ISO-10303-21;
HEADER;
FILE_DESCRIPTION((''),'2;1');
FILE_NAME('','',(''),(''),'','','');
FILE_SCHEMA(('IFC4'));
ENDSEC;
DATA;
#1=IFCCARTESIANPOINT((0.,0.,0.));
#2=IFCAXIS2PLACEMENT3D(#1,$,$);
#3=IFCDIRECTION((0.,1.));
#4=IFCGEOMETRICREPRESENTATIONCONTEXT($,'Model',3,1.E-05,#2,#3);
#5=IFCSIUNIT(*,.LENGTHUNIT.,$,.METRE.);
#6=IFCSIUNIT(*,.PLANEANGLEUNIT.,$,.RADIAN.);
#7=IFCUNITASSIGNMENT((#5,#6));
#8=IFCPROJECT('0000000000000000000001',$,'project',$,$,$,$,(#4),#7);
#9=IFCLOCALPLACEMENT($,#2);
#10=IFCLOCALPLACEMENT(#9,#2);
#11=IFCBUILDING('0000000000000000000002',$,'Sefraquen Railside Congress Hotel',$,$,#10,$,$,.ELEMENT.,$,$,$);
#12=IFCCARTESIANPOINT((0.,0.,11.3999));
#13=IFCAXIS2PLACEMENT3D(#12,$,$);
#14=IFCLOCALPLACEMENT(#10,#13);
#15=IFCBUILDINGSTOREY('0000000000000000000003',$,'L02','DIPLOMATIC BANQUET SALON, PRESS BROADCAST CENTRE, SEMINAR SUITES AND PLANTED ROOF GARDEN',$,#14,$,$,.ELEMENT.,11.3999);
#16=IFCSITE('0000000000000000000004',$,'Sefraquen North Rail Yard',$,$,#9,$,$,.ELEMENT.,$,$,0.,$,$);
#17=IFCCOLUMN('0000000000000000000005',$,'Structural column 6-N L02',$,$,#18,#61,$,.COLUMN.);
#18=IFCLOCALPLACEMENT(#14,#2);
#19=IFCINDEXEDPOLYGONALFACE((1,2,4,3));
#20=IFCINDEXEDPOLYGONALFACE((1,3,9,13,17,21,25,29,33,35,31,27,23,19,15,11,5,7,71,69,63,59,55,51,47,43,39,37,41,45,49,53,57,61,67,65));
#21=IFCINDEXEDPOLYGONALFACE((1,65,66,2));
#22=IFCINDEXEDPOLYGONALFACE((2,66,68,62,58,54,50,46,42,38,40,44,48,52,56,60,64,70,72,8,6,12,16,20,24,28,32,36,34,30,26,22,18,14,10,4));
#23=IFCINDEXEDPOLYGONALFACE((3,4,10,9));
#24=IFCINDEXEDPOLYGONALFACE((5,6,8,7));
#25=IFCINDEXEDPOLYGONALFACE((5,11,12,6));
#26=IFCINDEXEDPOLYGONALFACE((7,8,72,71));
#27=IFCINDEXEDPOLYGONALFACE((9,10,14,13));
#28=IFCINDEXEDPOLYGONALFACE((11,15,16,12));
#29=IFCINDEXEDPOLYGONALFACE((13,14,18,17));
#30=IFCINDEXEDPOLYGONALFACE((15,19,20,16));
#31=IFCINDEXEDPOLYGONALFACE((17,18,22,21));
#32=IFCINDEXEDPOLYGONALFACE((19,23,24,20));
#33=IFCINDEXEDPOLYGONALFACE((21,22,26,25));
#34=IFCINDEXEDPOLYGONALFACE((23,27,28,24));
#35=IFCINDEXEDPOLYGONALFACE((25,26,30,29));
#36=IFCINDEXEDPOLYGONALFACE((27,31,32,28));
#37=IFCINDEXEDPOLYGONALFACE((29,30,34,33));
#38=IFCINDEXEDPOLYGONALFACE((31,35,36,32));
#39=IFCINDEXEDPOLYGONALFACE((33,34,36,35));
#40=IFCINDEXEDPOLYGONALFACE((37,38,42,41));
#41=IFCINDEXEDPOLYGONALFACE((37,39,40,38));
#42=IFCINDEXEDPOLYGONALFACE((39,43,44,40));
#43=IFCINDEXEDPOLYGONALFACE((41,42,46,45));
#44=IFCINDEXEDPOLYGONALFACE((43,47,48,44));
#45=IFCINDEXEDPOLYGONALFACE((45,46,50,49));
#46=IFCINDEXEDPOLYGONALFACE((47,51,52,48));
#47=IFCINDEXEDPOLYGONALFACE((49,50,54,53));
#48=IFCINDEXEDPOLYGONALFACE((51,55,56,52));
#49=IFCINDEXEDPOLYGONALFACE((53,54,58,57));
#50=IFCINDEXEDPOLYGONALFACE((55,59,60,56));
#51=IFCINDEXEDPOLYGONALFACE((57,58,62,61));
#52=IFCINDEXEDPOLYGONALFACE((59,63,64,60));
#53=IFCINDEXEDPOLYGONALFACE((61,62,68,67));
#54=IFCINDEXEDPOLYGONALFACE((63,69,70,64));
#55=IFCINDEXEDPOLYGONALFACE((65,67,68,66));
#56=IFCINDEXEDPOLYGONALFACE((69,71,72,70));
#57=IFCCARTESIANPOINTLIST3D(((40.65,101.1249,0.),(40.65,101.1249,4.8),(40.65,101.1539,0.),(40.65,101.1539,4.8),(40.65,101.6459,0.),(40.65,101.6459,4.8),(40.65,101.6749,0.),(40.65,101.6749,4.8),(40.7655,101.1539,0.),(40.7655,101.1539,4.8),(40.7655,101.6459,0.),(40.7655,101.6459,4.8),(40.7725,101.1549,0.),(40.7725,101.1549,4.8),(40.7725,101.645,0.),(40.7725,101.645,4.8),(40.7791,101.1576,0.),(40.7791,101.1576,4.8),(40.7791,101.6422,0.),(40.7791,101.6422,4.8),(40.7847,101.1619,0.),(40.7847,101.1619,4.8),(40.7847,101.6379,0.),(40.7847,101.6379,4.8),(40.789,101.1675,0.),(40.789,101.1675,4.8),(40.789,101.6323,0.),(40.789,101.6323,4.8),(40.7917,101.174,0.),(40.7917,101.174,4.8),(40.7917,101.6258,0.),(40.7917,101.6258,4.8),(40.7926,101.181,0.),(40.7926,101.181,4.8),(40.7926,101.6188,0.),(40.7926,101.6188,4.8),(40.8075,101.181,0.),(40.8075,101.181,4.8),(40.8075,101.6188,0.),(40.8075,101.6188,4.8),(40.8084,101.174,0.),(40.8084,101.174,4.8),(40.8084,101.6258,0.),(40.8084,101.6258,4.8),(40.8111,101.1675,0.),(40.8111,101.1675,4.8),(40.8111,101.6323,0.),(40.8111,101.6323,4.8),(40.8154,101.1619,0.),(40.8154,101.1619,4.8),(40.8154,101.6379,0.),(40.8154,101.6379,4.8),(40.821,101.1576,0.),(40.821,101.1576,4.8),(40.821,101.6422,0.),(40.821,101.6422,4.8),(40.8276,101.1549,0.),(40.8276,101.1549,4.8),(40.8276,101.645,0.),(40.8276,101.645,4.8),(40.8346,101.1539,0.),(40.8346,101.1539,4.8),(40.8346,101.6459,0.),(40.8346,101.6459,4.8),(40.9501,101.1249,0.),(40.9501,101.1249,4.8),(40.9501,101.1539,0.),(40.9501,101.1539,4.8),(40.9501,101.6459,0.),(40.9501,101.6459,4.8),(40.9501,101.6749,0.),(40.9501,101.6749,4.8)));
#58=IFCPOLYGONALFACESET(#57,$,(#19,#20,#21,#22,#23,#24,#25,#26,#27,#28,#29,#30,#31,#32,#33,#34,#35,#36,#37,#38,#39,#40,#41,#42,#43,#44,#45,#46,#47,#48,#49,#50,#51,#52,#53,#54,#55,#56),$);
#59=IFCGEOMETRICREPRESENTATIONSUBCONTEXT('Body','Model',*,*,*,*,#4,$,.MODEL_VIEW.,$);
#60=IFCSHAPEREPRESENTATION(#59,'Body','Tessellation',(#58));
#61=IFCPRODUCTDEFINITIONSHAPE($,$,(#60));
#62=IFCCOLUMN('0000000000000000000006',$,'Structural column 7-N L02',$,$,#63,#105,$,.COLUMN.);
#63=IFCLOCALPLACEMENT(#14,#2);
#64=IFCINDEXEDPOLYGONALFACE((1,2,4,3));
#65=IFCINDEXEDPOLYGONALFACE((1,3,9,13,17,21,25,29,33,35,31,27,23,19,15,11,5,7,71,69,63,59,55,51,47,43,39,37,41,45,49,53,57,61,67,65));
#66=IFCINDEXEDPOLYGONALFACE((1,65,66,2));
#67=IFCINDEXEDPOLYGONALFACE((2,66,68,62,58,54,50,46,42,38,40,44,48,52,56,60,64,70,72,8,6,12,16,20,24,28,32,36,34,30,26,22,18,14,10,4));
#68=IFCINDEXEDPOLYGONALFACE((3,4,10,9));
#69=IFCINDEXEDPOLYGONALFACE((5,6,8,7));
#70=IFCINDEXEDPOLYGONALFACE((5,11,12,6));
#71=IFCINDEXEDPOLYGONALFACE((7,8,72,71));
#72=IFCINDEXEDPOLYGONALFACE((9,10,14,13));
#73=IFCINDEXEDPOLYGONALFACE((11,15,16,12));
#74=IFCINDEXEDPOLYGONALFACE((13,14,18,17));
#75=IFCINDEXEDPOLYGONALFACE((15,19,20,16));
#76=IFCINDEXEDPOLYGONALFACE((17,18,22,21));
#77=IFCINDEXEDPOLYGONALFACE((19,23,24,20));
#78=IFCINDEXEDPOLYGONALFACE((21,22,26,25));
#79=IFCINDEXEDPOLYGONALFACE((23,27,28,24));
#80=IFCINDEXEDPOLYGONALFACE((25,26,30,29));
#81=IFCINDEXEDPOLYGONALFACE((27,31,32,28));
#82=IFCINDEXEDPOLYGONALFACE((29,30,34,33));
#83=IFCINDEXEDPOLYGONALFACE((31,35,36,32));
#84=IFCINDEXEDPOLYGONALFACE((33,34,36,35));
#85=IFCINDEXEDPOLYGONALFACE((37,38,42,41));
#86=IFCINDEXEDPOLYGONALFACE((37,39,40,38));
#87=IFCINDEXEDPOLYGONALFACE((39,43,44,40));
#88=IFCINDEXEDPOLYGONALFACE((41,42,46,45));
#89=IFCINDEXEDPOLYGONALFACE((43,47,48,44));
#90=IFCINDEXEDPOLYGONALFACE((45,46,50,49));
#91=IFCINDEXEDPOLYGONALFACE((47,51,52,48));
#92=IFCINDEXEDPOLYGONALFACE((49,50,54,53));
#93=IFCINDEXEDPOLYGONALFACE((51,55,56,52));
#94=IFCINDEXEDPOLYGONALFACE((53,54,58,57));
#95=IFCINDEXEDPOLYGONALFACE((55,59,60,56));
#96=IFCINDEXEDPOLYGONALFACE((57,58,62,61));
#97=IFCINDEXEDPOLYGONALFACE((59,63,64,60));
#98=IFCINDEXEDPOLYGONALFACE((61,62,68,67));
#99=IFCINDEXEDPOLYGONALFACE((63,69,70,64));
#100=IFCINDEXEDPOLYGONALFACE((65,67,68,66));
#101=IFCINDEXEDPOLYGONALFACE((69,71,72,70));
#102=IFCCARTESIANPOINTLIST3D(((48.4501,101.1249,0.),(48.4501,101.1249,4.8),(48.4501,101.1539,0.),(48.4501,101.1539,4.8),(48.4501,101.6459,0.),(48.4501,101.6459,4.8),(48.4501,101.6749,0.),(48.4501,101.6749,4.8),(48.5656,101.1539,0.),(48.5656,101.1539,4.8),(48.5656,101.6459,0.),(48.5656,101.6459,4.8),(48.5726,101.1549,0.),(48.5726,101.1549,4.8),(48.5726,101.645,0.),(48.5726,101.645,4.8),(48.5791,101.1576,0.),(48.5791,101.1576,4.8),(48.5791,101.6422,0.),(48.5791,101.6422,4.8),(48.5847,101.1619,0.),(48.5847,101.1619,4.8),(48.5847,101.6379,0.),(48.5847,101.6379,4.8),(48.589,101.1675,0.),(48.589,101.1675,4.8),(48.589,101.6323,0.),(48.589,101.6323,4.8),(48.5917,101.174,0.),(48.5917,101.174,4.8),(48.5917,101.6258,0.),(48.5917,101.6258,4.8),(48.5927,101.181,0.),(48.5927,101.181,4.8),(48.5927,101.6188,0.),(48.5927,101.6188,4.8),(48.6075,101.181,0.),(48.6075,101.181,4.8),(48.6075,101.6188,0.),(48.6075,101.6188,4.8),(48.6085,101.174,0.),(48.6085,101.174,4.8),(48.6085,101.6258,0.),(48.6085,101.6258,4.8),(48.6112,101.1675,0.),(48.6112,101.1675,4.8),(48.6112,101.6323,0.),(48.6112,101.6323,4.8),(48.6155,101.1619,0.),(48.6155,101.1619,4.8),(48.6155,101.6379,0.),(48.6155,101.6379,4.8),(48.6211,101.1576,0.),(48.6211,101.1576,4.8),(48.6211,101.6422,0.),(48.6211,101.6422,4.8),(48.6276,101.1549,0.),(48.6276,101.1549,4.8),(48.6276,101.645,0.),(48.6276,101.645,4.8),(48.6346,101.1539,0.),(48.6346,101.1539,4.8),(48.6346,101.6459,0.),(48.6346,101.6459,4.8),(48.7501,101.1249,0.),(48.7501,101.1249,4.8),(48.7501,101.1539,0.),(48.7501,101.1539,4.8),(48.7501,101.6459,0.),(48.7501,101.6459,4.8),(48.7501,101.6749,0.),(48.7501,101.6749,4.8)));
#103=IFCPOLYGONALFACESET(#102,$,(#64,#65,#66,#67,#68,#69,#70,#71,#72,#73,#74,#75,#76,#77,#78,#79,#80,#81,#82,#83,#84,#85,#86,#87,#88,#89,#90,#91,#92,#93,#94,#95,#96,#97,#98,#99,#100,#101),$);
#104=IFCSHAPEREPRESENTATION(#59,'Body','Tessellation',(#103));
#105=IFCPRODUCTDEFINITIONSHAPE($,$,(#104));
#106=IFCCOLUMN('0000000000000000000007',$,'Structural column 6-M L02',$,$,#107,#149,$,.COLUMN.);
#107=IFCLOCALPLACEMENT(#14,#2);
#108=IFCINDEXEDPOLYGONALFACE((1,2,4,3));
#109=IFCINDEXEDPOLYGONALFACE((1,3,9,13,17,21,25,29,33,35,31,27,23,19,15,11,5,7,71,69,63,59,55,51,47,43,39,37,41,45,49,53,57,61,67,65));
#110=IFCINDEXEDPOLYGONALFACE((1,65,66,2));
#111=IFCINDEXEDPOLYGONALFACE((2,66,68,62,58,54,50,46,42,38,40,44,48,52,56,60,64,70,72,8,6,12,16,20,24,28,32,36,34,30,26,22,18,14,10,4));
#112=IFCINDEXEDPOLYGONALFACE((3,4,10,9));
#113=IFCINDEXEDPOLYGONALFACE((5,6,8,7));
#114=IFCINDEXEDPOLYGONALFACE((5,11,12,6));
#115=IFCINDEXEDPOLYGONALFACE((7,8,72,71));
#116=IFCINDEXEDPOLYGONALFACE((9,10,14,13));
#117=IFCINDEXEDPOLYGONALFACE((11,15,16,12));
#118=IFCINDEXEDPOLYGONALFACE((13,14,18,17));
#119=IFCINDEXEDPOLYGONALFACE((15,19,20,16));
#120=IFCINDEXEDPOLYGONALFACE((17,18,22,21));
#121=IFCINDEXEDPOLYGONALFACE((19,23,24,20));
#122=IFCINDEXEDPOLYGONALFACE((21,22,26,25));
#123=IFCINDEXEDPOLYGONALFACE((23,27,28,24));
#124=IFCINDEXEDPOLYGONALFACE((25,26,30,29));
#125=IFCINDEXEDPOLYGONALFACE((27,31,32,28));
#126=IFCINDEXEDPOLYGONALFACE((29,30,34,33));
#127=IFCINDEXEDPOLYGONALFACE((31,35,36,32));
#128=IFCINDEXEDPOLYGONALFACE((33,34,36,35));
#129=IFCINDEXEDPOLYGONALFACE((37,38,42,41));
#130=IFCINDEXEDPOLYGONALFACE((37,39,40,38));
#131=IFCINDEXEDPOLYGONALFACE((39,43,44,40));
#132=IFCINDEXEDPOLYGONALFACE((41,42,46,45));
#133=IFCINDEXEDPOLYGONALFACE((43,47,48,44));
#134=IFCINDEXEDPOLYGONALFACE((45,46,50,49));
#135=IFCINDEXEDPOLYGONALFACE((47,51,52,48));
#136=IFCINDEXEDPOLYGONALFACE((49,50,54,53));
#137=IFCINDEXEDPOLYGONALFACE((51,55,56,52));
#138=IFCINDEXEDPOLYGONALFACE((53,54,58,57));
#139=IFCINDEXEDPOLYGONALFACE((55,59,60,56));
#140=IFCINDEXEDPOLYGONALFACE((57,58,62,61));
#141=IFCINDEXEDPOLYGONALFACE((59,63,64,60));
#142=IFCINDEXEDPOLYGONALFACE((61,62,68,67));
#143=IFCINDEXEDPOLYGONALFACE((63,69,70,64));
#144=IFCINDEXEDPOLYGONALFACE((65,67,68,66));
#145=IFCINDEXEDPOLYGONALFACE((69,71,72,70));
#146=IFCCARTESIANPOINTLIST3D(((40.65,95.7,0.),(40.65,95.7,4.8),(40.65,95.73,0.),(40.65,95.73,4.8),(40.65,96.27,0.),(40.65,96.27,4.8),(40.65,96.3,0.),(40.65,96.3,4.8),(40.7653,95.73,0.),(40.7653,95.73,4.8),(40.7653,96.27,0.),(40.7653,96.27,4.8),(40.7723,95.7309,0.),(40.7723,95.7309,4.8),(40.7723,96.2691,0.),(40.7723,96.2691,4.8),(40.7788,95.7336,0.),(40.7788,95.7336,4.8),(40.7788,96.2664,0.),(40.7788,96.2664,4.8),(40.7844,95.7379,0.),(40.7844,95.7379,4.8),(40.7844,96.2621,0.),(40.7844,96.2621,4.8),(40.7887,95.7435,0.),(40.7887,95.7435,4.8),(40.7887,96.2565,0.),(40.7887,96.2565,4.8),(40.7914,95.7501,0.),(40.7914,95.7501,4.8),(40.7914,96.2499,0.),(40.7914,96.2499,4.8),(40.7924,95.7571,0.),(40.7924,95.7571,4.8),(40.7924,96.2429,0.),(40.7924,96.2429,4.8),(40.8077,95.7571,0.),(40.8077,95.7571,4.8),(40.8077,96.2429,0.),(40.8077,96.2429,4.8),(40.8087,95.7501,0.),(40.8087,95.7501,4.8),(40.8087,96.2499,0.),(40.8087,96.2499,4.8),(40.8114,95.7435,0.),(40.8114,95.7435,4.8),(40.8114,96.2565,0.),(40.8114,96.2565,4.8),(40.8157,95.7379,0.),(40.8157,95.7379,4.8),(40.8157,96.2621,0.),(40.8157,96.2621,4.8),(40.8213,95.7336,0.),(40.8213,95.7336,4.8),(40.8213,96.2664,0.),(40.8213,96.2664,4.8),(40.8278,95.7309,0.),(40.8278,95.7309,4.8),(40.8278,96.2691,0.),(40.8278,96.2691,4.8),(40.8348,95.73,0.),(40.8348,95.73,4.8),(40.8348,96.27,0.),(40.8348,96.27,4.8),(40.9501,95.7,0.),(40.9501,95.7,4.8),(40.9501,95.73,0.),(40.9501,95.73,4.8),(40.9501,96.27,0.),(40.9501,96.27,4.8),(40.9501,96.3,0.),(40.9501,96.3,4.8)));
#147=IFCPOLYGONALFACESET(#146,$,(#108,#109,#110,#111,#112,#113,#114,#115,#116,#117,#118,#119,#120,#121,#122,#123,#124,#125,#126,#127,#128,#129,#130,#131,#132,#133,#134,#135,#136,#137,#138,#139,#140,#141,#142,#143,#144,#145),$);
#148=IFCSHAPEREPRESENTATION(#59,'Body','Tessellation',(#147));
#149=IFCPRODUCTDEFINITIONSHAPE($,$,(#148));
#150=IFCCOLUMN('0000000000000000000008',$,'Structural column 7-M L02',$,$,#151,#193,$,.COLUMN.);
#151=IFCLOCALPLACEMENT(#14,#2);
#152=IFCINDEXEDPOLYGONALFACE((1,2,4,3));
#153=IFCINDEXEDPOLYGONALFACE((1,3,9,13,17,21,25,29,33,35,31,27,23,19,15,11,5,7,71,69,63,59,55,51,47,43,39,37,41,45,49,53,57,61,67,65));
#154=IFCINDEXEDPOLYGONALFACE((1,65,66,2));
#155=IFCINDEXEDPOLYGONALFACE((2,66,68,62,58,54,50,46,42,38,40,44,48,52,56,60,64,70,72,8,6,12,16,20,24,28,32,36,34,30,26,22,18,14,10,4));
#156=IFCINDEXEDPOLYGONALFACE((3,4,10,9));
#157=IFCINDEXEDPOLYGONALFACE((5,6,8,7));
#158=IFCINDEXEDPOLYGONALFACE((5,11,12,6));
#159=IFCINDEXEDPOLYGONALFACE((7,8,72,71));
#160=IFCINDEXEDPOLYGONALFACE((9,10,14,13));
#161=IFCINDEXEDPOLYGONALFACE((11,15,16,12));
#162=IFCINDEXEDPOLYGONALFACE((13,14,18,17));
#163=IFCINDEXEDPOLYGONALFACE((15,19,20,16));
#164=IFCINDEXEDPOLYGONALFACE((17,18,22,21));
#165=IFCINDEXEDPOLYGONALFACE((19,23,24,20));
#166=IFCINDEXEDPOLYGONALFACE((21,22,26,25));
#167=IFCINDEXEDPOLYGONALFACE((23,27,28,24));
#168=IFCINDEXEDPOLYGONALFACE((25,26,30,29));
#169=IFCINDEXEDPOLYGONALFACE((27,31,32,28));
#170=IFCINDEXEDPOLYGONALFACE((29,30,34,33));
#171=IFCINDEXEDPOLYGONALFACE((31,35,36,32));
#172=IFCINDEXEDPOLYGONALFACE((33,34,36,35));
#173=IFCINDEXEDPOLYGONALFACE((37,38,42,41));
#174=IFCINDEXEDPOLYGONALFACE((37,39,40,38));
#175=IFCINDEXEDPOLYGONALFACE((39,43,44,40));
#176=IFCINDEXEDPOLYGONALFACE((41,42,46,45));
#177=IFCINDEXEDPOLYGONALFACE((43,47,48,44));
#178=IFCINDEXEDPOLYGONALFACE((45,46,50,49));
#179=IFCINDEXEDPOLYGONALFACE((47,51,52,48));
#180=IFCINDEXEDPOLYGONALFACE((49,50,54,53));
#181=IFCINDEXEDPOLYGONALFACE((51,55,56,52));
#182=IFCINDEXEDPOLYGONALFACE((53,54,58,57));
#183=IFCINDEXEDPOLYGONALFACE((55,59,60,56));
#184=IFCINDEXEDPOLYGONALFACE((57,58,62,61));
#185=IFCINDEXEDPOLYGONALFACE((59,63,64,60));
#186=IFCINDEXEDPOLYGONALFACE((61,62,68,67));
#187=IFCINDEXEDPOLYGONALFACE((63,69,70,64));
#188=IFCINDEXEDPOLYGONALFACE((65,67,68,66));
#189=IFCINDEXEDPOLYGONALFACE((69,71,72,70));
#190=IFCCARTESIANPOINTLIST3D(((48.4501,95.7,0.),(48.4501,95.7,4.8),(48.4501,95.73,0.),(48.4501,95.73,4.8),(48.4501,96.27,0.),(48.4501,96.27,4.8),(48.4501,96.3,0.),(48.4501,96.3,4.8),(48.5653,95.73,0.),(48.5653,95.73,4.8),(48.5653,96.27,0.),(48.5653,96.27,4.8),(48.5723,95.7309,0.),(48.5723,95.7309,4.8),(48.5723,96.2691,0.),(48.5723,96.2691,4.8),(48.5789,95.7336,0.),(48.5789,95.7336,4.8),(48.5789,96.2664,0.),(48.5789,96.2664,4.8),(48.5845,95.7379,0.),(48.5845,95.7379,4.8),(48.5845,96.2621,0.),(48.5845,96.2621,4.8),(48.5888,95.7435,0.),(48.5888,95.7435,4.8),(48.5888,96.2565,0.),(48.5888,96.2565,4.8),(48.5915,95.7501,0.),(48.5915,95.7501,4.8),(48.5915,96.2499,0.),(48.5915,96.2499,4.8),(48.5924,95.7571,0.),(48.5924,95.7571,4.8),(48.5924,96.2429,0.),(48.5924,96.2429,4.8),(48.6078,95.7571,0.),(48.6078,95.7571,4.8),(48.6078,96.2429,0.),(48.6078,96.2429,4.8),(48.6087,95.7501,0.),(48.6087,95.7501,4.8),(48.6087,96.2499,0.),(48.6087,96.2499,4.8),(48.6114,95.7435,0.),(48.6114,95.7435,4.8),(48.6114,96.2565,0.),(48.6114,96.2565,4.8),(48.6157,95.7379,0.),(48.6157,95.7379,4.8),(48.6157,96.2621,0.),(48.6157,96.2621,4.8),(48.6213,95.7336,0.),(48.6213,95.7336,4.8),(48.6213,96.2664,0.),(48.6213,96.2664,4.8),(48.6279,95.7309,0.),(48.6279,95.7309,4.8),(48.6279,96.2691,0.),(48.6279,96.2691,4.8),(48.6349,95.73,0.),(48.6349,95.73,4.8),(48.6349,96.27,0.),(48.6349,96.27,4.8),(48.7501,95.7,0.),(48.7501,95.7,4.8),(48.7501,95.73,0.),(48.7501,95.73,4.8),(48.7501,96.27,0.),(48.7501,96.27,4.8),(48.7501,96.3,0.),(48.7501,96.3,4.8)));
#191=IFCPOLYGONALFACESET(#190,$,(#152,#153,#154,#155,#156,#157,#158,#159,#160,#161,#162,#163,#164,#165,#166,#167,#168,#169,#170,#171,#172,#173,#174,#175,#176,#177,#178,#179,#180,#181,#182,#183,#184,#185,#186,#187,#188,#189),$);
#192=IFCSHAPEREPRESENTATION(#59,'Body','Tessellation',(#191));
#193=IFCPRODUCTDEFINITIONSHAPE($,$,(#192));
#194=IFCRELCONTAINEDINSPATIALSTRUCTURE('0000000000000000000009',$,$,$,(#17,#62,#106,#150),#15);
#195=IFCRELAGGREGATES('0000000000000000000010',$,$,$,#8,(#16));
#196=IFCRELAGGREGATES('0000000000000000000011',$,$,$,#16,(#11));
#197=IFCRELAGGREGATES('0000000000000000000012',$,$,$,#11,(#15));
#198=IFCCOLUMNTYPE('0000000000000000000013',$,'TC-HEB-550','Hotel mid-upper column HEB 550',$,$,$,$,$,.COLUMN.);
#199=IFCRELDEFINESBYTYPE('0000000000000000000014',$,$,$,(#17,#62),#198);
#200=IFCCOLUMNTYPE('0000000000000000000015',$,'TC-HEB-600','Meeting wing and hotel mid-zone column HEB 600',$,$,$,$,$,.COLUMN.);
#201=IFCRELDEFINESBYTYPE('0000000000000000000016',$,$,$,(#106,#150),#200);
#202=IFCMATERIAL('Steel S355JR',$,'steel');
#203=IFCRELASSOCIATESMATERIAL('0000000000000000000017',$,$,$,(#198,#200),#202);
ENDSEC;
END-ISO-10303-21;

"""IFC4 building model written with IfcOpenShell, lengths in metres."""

from ifc_helpers import new_model, si_unit, direction, frame, origin, origin_2d, place, context, subcontext, project, spatial, i_section, extrude, material, material_profile, profile_set, type_object, element, save


model = new_model("IFC4")

# Units and contexts
model_context = context("Model", 3, precision=1e-05, world=origin(), true_north=direction((0.0, 1.0)))
body_context = subcontext(model_context, "Body", "Model", "MODEL_VIEW")
ifc_project = project(units=[si_unit("LENGTHUNIT", "METRE"), si_unit("PLANEANGLEUNIT", "RADIAN")], contexts=[model_context])

# Site, building, storey
site_placement = place(None, origin())
site = spatial("IfcSite", under=ifc_project, at=site_placement, Name="Sefraquen North Rail Yard", CompositionType="ELEMENT", RefElevation=0.0)
building_placement = place(site_placement, origin())
building = spatial("IfcBuilding", under=site, at=building_placement, Name="Sefraquen Railside Congress Hotel", CompositionType="ELEMENT")
storey_placement = place(building_placement, frame((0.0, 0.0, 11.3999)))
storey = spatial("IfcBuildingStorey", under=building, at=storey_placement, Name="L02", Description="DIPLOMATIC BANQUET SALON, PRESS BROADCAST CENTRE, SEMINAR SUITES AND PLANTED ROOF GARDEN", CompositionType="ELEMENT", Elevation=11.3999)

# Columns
ifc_material_1 = material(Name="Steel S355JR", Category="steel")
ifc_material_profile_1 = material_profile(ifc_material_1, i_section(OverallWidth=0.3, OverallDepth=0.55, WebThickness=0.0149, FlangeThickness=0.0291, FilletRadius=0.0271, at=origin_2d()), Name="HEB 550")
ifc_profile_set_1 = profile_set([ifc_material_profile_1], Name="Steel S355JR")
column_type_1 = type_object("IfcColumnType", Name="TC-HEB-550", Description="Hotel mid-upper column HEB 550", PredefinedType="COLUMN", material=ifc_profile_set_1)
for number, where, z_axis, x_axis, name in (
    (1, (40.8, 101.3999, 0.0), (0.0, 0.0, 1.0), (1.0, 0.0, 0.0), "Structural column 6-N L02"),
    (2, (48.6001, 101.3999, 0.0), (0.0, 0.0, 1.0), (1.0, 0.0, 0.0), "Structural column 7-N L02"),
):
    element("IfcColumn", number, at=place(storey_placement, frame(where, z_axis=z_axis, x_axis=x_axis)), inside=storey, type_object=column_type_1, Name=name, PredefinedType="COLUMN", context=body_context, shape_type="SweptSolid", body=[
        extrude(i_section(OverallWidth=0.3, OverallDepth=0.55, WebThickness=0.0149, FlangeThickness=0.0291, FilletRadius=0.0271, at=origin_2d()), origin(), (0.0, 0.0, 1.0), 4.8),
    ])
ifc_material_profile_2 = material_profile(ifc_material_1, i_section(OverallWidth=0.3, OverallDepth=0.6001, WebThickness=0.0154, FlangeThickness=0.03, FilletRadius=0.0271, at=origin_2d()), Name="HEB 600")
ifc_profile_set_2 = profile_set([ifc_material_profile_2], Name="Steel S355JR")
column_type_2 = type_object("IfcColumnType", Name="TC-HEB-600", Description="Meeting wing and hotel mid-zone column HEB 600", PredefinedType="COLUMN", material=ifc_profile_set_2)
for number, where, z_axis, x_axis, name in (
    (3, (40.8, 96.0, 0.0), (0.0, 0.0, 1.0), (1.0, 0.0, 0.0), "Structural column 6-M L02"),
    (4, (48.6001, 96.0, 0.0), (0.0, 0.0, 1.0), (1.0, 0.0, 0.0), "Structural column 7-M L02"),
):
    element("IfcColumn", number, at=place(storey_placement, frame(where, z_axis=z_axis, x_axis=x_axis)), inside=storey, type_object=column_type_2, Name=name, PredefinedType="COLUMN", context=body_context, shape_type="SweptSolid", body=[
        extrude(i_section(OverallWidth=0.3, OverallDepth=0.6001, WebThickness=0.0154, FlangeThickness=0.03, FilletRadius=0.0271, at=origin_2d()), origin(), (0.0, 0.0, 1.0), 4.8),
    ])

save(model, "model.ifc")
